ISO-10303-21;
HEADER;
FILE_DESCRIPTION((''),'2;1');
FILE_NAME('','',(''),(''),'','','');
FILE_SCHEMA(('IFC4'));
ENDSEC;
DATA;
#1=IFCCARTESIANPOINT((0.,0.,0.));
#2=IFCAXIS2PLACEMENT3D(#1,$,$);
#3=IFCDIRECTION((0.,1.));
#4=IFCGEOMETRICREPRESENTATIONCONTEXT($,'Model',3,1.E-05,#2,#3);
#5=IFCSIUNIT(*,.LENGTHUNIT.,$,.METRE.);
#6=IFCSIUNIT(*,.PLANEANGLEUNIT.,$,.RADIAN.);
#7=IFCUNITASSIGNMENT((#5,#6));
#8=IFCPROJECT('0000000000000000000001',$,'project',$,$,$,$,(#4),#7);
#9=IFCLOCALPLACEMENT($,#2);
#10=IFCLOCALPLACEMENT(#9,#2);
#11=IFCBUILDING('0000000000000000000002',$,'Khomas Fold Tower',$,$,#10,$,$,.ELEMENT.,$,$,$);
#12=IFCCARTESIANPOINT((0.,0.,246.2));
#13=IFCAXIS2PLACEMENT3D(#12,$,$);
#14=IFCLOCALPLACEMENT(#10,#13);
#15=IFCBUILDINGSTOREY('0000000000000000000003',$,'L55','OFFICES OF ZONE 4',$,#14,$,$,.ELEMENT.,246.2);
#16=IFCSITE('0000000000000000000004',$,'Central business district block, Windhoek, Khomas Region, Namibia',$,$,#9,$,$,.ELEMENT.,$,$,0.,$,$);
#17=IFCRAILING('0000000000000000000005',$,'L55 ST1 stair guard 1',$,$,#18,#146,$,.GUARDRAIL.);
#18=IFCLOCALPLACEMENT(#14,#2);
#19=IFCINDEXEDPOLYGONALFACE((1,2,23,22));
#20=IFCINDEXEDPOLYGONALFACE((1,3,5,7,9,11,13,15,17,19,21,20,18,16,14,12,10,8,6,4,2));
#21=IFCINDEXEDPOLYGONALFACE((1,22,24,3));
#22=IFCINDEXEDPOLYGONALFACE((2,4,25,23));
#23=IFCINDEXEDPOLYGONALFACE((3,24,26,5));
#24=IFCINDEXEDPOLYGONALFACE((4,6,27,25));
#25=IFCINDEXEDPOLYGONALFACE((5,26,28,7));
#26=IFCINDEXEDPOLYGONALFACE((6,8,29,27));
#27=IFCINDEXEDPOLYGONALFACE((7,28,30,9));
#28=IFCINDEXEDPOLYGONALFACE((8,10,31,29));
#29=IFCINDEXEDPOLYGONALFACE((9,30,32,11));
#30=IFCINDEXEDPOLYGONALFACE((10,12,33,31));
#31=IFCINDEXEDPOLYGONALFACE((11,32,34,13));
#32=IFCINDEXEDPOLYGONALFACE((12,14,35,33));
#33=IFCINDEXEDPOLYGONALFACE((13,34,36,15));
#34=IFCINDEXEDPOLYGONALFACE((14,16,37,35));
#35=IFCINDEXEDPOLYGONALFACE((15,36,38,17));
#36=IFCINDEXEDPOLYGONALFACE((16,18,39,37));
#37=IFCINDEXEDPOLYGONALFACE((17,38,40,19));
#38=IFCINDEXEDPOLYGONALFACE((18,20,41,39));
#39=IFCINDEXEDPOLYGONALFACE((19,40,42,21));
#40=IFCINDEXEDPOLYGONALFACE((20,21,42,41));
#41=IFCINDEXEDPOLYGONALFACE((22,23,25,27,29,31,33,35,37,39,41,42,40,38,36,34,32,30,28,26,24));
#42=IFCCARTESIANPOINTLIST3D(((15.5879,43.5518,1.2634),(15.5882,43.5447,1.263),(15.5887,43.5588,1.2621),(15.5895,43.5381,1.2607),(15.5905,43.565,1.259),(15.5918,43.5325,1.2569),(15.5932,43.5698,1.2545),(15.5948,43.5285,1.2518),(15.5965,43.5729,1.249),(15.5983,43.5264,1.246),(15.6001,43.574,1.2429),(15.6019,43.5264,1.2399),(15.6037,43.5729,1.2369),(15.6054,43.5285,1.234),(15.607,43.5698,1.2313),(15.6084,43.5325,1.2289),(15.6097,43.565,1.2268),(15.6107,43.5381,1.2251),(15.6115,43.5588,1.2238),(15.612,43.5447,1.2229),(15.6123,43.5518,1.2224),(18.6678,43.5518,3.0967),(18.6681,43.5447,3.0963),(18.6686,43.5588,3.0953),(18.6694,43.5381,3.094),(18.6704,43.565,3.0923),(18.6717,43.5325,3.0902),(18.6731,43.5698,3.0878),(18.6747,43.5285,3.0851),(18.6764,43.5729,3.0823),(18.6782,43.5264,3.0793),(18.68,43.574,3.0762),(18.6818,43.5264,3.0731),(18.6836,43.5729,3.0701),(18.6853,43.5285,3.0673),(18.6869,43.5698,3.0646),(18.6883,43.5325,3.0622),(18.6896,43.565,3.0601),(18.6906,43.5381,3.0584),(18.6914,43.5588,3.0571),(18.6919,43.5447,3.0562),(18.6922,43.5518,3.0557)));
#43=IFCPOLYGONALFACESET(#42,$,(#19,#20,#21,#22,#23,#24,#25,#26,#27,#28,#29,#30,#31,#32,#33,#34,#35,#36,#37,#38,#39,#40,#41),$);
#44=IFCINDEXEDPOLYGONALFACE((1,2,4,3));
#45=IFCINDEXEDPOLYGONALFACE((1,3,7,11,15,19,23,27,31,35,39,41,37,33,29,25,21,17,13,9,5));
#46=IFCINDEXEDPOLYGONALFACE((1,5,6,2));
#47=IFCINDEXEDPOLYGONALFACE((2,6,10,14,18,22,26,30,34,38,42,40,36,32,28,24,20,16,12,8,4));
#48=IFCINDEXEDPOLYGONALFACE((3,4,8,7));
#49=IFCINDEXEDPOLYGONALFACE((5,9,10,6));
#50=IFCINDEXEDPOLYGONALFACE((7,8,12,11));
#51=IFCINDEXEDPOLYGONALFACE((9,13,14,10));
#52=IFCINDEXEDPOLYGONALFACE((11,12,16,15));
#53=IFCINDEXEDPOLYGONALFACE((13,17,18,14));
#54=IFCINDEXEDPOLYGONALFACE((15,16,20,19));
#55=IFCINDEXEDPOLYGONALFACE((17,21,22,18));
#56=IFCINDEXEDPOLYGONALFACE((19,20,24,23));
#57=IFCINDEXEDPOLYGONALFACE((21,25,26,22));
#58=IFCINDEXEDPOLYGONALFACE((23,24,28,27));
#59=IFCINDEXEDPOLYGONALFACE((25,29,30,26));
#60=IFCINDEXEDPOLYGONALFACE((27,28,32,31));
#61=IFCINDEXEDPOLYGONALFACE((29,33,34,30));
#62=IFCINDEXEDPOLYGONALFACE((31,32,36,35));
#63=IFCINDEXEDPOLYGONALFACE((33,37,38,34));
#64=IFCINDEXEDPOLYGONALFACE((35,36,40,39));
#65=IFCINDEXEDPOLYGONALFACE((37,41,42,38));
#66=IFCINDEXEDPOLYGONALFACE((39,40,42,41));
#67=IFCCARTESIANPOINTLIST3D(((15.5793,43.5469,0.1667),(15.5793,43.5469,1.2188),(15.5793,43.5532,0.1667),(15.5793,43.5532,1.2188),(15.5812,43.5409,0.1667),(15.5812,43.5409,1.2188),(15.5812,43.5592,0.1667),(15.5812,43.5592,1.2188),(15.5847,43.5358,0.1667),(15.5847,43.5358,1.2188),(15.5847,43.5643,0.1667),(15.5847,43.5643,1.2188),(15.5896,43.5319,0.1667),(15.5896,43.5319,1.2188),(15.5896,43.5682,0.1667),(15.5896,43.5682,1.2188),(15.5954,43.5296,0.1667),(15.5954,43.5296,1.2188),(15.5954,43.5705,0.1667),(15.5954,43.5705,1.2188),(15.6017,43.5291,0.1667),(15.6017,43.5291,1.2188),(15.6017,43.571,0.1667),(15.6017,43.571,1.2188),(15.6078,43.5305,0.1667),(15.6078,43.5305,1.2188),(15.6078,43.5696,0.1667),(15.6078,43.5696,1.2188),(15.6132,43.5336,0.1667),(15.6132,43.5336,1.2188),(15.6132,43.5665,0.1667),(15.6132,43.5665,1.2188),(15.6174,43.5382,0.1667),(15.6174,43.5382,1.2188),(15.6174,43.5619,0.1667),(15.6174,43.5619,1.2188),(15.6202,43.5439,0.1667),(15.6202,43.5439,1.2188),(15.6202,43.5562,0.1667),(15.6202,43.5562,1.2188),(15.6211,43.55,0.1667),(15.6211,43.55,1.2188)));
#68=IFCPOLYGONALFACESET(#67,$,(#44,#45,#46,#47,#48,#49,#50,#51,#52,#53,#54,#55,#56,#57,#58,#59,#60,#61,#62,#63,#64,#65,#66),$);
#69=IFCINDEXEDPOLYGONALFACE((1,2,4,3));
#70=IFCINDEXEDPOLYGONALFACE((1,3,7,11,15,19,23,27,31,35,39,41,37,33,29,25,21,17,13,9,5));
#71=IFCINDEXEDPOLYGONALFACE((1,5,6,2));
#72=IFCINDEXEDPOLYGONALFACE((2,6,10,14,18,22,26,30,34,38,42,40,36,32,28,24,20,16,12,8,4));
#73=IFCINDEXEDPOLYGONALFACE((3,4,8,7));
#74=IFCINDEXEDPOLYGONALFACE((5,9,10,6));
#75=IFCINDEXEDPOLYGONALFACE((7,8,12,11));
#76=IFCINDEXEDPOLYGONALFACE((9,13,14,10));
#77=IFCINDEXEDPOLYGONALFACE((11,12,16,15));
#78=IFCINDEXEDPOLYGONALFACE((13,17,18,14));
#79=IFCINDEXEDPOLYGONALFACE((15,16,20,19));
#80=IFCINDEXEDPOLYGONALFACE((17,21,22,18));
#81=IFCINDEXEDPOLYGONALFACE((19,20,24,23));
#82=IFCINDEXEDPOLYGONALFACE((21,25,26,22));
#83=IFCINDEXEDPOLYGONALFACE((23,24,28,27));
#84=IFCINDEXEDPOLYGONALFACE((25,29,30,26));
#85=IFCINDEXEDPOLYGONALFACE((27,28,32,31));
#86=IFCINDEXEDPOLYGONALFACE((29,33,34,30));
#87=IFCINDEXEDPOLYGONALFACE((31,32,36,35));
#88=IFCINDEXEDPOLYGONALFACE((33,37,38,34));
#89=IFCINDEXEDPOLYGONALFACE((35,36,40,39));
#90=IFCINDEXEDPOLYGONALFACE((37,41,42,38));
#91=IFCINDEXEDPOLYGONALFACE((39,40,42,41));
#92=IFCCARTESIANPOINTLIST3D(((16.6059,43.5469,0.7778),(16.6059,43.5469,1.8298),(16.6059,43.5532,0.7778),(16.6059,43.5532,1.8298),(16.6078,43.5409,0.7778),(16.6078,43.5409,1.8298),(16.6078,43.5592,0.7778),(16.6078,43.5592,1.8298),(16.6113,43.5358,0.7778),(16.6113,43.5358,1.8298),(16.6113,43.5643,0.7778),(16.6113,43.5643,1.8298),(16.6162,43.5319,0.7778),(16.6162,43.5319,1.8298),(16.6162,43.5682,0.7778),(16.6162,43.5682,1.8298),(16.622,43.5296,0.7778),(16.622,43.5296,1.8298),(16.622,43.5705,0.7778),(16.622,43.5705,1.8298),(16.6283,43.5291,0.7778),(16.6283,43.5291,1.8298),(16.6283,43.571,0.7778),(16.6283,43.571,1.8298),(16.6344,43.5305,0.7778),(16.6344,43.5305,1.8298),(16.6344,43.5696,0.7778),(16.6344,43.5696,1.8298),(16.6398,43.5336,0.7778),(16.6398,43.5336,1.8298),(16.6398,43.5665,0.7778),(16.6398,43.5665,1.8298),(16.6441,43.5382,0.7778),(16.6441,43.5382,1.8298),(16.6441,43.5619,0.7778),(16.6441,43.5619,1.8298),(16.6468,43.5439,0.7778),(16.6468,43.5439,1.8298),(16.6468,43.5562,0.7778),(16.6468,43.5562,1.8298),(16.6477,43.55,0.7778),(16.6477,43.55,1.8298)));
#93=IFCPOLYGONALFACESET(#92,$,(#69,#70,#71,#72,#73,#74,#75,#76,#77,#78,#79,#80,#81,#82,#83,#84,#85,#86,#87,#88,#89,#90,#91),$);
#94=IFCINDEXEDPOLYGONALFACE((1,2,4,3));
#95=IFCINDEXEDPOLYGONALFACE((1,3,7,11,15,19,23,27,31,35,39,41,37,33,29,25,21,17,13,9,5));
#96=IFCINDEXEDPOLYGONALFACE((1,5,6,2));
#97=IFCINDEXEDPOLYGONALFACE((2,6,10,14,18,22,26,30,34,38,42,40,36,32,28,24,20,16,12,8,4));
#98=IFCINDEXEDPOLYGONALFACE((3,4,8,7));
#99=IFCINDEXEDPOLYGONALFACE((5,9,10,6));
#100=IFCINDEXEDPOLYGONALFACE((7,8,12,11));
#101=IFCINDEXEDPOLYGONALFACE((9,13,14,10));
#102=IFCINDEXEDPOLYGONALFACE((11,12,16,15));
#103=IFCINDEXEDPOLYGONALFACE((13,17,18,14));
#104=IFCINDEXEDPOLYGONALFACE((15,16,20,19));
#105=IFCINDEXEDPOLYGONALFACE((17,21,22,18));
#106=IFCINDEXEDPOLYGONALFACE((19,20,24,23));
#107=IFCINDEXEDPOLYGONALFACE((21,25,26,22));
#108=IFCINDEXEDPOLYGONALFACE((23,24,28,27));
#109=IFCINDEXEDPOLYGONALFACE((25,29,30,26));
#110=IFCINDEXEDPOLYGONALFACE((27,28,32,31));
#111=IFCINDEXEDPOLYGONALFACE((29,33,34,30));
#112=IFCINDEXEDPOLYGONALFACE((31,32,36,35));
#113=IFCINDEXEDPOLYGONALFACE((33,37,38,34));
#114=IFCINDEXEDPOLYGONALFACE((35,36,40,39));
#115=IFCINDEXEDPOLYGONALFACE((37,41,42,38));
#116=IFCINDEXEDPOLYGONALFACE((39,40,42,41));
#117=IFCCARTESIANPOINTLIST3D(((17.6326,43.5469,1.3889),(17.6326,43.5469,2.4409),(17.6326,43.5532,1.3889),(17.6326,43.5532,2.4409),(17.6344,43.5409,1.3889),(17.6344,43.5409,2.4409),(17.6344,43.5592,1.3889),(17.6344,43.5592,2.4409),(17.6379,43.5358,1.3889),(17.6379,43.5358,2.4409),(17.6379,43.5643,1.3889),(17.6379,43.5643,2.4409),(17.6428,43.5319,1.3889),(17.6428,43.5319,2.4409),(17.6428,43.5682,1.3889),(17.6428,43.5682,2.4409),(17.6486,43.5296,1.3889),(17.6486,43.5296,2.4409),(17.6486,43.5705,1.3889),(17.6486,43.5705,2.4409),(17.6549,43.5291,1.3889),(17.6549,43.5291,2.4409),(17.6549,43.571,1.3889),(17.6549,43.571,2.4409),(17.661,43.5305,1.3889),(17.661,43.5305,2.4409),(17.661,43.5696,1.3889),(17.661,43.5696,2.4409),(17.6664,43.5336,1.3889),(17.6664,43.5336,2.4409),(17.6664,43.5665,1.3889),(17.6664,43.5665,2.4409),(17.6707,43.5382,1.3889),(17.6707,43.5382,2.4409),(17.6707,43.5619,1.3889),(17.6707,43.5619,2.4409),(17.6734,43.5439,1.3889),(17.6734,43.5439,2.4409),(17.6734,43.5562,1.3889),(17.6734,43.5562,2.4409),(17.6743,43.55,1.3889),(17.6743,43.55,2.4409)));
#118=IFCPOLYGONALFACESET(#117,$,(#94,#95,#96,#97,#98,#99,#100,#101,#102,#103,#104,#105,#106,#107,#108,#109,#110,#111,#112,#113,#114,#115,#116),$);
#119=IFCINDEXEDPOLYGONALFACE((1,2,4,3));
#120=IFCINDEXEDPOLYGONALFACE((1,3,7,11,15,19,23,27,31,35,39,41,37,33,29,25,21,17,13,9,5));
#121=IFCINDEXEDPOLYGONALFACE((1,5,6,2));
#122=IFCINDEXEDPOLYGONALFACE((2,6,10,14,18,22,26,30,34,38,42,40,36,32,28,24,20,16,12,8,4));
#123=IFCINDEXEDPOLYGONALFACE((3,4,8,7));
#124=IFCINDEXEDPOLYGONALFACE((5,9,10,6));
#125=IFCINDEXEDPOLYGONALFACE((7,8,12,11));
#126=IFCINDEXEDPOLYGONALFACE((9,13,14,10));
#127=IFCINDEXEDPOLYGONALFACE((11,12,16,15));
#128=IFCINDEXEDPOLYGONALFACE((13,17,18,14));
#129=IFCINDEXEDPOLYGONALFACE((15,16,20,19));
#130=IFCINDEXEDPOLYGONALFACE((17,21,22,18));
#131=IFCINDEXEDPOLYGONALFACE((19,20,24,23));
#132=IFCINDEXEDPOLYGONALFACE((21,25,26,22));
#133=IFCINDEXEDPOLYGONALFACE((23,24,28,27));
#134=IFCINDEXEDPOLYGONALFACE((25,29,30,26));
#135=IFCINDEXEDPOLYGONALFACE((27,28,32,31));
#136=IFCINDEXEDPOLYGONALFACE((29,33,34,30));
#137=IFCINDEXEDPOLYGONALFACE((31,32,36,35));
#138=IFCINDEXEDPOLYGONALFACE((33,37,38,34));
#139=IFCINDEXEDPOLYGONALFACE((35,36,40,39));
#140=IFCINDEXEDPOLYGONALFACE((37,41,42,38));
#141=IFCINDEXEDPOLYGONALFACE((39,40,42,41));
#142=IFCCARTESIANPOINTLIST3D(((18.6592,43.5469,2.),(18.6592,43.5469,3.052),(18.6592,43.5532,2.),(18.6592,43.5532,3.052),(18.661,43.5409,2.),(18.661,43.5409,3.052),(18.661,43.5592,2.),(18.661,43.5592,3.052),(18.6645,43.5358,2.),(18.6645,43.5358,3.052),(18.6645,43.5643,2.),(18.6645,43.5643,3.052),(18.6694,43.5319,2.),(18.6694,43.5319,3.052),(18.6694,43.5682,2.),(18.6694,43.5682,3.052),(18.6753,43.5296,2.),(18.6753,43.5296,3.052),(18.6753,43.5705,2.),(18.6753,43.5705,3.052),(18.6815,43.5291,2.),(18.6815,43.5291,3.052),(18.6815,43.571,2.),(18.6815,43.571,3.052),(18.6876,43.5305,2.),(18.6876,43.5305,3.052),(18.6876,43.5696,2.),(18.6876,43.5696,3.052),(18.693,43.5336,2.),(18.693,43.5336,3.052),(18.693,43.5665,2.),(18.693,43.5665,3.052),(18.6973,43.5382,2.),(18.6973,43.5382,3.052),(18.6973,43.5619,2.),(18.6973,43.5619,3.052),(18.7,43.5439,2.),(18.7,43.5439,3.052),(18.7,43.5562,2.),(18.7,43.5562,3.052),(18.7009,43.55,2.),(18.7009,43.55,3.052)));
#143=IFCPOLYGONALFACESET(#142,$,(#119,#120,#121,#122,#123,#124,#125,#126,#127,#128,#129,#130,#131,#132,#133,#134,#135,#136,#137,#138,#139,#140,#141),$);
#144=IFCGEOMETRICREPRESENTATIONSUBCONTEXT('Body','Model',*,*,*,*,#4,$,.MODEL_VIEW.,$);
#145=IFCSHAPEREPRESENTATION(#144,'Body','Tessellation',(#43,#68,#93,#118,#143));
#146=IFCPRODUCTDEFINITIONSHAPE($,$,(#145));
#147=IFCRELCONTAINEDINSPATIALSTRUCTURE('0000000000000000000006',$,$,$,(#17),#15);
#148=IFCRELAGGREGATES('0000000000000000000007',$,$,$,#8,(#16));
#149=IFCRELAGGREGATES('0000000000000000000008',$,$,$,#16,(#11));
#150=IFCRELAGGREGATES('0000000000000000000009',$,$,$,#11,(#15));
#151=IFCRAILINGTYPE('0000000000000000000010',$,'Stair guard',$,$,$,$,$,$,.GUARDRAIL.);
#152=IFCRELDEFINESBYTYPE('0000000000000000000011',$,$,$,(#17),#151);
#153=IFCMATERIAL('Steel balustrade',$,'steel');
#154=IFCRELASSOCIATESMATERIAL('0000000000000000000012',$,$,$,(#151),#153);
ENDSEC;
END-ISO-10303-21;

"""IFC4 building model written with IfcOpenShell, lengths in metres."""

from ifc_helpers import new_model, si_unit, direction, frame, origin, origin_2d, place, context, subcontext, project, spatial, circle, extrude, source, transform, mapped, material, type_object, element, save


model = new_model("IFC4")

# Units and contexts
model_context = context("Model", 3, precision=1e-05, world=origin(), true_north=direction((0.0, 1.0)))
body_context = subcontext(model_context, "Body", "Model", "MODEL_VIEW")
ifc_project = project(units=[si_unit("LENGTHUNIT", "METRE"), si_unit("PLANEANGLEUNIT", "RADIAN")], contexts=[model_context])

# Site, building, storey
site_placement = place(None, origin())
site = spatial("IfcSite", under=ifc_project, at=site_placement, Name="Central business district block, Windhoek, Khomas Region, Namibia", CompositionType="ELEMENT", RefElevation=0.0)
building_placement = place(site_placement, origin())
building = spatial("IfcBuilding", under=site, at=building_placement, Name="Khomas Fold Tower", CompositionType="ELEMENT")
storey_placement = place(building_placement, frame((0.0, 0.0, 246.2)))
storey = spatial("IfcBuildingStorey", under=building, at=storey_placement, Name="L55", Description="OFFICES OF ZONE 4", CompositionType="ELEMENT", Elevation=246.2)

# Railing
ifc_material_1 = material(Name="Steel balustrade", Category="steel")
railing_type_1 = type_object("IfcRailingType", Name="Stair guard", PredefinedType="GUARDRAIL", material=ifc_material_1)
shared_shape_1 = source(origin(), body_context, "Body", "SweptSolid", [
    extrude(circle(Radius=0.0239, at=origin_2d()), frame((0.0, 0.0, 1.0762), z_axis=(0.859291, 0.0, 0.511487), x_axis=(0.0, 1.0, 0.0)), (0.0, 0.0, 1.0), 3.5842),
    extrude(circle(Radius=0.021, at=origin_2d()), origin(), (0.0, 0.0, 1.0), 1.052),
    extrude(circle(Radius=0.021, at=origin_2d()), frame((1.0266, 0.0, 0.6111)), (0.0, 0.0, 1.0), 1.052),
    extrude(circle(Radius=0.021, at=origin_2d()), frame((2.0532, 0.0, 1.2222)), (0.0, 0.0, 1.0), 1.052),
    extrude(circle(Radius=0.021, at=origin_2d()), frame((3.0798, 0.0, 1.8333)), (0.0, 0.0, 1.0), 1.052),
])
railing_1_placement = place(storey_placement, frame((15.6001, 43.55, 0.1667)))
element("IfcRailing", 1, at=railing_1_placement, inside=storey, type_object=railing_type_1, Name="L55 ST1 stair guard 1", PredefinedType="GUARDRAIL", context=body_context, shape_type="MappedRepresentation", body=[
    mapped(shared_shape_1, transform((0.0, 0.0, 0.0))),
])

save(model, "model.ifc")
